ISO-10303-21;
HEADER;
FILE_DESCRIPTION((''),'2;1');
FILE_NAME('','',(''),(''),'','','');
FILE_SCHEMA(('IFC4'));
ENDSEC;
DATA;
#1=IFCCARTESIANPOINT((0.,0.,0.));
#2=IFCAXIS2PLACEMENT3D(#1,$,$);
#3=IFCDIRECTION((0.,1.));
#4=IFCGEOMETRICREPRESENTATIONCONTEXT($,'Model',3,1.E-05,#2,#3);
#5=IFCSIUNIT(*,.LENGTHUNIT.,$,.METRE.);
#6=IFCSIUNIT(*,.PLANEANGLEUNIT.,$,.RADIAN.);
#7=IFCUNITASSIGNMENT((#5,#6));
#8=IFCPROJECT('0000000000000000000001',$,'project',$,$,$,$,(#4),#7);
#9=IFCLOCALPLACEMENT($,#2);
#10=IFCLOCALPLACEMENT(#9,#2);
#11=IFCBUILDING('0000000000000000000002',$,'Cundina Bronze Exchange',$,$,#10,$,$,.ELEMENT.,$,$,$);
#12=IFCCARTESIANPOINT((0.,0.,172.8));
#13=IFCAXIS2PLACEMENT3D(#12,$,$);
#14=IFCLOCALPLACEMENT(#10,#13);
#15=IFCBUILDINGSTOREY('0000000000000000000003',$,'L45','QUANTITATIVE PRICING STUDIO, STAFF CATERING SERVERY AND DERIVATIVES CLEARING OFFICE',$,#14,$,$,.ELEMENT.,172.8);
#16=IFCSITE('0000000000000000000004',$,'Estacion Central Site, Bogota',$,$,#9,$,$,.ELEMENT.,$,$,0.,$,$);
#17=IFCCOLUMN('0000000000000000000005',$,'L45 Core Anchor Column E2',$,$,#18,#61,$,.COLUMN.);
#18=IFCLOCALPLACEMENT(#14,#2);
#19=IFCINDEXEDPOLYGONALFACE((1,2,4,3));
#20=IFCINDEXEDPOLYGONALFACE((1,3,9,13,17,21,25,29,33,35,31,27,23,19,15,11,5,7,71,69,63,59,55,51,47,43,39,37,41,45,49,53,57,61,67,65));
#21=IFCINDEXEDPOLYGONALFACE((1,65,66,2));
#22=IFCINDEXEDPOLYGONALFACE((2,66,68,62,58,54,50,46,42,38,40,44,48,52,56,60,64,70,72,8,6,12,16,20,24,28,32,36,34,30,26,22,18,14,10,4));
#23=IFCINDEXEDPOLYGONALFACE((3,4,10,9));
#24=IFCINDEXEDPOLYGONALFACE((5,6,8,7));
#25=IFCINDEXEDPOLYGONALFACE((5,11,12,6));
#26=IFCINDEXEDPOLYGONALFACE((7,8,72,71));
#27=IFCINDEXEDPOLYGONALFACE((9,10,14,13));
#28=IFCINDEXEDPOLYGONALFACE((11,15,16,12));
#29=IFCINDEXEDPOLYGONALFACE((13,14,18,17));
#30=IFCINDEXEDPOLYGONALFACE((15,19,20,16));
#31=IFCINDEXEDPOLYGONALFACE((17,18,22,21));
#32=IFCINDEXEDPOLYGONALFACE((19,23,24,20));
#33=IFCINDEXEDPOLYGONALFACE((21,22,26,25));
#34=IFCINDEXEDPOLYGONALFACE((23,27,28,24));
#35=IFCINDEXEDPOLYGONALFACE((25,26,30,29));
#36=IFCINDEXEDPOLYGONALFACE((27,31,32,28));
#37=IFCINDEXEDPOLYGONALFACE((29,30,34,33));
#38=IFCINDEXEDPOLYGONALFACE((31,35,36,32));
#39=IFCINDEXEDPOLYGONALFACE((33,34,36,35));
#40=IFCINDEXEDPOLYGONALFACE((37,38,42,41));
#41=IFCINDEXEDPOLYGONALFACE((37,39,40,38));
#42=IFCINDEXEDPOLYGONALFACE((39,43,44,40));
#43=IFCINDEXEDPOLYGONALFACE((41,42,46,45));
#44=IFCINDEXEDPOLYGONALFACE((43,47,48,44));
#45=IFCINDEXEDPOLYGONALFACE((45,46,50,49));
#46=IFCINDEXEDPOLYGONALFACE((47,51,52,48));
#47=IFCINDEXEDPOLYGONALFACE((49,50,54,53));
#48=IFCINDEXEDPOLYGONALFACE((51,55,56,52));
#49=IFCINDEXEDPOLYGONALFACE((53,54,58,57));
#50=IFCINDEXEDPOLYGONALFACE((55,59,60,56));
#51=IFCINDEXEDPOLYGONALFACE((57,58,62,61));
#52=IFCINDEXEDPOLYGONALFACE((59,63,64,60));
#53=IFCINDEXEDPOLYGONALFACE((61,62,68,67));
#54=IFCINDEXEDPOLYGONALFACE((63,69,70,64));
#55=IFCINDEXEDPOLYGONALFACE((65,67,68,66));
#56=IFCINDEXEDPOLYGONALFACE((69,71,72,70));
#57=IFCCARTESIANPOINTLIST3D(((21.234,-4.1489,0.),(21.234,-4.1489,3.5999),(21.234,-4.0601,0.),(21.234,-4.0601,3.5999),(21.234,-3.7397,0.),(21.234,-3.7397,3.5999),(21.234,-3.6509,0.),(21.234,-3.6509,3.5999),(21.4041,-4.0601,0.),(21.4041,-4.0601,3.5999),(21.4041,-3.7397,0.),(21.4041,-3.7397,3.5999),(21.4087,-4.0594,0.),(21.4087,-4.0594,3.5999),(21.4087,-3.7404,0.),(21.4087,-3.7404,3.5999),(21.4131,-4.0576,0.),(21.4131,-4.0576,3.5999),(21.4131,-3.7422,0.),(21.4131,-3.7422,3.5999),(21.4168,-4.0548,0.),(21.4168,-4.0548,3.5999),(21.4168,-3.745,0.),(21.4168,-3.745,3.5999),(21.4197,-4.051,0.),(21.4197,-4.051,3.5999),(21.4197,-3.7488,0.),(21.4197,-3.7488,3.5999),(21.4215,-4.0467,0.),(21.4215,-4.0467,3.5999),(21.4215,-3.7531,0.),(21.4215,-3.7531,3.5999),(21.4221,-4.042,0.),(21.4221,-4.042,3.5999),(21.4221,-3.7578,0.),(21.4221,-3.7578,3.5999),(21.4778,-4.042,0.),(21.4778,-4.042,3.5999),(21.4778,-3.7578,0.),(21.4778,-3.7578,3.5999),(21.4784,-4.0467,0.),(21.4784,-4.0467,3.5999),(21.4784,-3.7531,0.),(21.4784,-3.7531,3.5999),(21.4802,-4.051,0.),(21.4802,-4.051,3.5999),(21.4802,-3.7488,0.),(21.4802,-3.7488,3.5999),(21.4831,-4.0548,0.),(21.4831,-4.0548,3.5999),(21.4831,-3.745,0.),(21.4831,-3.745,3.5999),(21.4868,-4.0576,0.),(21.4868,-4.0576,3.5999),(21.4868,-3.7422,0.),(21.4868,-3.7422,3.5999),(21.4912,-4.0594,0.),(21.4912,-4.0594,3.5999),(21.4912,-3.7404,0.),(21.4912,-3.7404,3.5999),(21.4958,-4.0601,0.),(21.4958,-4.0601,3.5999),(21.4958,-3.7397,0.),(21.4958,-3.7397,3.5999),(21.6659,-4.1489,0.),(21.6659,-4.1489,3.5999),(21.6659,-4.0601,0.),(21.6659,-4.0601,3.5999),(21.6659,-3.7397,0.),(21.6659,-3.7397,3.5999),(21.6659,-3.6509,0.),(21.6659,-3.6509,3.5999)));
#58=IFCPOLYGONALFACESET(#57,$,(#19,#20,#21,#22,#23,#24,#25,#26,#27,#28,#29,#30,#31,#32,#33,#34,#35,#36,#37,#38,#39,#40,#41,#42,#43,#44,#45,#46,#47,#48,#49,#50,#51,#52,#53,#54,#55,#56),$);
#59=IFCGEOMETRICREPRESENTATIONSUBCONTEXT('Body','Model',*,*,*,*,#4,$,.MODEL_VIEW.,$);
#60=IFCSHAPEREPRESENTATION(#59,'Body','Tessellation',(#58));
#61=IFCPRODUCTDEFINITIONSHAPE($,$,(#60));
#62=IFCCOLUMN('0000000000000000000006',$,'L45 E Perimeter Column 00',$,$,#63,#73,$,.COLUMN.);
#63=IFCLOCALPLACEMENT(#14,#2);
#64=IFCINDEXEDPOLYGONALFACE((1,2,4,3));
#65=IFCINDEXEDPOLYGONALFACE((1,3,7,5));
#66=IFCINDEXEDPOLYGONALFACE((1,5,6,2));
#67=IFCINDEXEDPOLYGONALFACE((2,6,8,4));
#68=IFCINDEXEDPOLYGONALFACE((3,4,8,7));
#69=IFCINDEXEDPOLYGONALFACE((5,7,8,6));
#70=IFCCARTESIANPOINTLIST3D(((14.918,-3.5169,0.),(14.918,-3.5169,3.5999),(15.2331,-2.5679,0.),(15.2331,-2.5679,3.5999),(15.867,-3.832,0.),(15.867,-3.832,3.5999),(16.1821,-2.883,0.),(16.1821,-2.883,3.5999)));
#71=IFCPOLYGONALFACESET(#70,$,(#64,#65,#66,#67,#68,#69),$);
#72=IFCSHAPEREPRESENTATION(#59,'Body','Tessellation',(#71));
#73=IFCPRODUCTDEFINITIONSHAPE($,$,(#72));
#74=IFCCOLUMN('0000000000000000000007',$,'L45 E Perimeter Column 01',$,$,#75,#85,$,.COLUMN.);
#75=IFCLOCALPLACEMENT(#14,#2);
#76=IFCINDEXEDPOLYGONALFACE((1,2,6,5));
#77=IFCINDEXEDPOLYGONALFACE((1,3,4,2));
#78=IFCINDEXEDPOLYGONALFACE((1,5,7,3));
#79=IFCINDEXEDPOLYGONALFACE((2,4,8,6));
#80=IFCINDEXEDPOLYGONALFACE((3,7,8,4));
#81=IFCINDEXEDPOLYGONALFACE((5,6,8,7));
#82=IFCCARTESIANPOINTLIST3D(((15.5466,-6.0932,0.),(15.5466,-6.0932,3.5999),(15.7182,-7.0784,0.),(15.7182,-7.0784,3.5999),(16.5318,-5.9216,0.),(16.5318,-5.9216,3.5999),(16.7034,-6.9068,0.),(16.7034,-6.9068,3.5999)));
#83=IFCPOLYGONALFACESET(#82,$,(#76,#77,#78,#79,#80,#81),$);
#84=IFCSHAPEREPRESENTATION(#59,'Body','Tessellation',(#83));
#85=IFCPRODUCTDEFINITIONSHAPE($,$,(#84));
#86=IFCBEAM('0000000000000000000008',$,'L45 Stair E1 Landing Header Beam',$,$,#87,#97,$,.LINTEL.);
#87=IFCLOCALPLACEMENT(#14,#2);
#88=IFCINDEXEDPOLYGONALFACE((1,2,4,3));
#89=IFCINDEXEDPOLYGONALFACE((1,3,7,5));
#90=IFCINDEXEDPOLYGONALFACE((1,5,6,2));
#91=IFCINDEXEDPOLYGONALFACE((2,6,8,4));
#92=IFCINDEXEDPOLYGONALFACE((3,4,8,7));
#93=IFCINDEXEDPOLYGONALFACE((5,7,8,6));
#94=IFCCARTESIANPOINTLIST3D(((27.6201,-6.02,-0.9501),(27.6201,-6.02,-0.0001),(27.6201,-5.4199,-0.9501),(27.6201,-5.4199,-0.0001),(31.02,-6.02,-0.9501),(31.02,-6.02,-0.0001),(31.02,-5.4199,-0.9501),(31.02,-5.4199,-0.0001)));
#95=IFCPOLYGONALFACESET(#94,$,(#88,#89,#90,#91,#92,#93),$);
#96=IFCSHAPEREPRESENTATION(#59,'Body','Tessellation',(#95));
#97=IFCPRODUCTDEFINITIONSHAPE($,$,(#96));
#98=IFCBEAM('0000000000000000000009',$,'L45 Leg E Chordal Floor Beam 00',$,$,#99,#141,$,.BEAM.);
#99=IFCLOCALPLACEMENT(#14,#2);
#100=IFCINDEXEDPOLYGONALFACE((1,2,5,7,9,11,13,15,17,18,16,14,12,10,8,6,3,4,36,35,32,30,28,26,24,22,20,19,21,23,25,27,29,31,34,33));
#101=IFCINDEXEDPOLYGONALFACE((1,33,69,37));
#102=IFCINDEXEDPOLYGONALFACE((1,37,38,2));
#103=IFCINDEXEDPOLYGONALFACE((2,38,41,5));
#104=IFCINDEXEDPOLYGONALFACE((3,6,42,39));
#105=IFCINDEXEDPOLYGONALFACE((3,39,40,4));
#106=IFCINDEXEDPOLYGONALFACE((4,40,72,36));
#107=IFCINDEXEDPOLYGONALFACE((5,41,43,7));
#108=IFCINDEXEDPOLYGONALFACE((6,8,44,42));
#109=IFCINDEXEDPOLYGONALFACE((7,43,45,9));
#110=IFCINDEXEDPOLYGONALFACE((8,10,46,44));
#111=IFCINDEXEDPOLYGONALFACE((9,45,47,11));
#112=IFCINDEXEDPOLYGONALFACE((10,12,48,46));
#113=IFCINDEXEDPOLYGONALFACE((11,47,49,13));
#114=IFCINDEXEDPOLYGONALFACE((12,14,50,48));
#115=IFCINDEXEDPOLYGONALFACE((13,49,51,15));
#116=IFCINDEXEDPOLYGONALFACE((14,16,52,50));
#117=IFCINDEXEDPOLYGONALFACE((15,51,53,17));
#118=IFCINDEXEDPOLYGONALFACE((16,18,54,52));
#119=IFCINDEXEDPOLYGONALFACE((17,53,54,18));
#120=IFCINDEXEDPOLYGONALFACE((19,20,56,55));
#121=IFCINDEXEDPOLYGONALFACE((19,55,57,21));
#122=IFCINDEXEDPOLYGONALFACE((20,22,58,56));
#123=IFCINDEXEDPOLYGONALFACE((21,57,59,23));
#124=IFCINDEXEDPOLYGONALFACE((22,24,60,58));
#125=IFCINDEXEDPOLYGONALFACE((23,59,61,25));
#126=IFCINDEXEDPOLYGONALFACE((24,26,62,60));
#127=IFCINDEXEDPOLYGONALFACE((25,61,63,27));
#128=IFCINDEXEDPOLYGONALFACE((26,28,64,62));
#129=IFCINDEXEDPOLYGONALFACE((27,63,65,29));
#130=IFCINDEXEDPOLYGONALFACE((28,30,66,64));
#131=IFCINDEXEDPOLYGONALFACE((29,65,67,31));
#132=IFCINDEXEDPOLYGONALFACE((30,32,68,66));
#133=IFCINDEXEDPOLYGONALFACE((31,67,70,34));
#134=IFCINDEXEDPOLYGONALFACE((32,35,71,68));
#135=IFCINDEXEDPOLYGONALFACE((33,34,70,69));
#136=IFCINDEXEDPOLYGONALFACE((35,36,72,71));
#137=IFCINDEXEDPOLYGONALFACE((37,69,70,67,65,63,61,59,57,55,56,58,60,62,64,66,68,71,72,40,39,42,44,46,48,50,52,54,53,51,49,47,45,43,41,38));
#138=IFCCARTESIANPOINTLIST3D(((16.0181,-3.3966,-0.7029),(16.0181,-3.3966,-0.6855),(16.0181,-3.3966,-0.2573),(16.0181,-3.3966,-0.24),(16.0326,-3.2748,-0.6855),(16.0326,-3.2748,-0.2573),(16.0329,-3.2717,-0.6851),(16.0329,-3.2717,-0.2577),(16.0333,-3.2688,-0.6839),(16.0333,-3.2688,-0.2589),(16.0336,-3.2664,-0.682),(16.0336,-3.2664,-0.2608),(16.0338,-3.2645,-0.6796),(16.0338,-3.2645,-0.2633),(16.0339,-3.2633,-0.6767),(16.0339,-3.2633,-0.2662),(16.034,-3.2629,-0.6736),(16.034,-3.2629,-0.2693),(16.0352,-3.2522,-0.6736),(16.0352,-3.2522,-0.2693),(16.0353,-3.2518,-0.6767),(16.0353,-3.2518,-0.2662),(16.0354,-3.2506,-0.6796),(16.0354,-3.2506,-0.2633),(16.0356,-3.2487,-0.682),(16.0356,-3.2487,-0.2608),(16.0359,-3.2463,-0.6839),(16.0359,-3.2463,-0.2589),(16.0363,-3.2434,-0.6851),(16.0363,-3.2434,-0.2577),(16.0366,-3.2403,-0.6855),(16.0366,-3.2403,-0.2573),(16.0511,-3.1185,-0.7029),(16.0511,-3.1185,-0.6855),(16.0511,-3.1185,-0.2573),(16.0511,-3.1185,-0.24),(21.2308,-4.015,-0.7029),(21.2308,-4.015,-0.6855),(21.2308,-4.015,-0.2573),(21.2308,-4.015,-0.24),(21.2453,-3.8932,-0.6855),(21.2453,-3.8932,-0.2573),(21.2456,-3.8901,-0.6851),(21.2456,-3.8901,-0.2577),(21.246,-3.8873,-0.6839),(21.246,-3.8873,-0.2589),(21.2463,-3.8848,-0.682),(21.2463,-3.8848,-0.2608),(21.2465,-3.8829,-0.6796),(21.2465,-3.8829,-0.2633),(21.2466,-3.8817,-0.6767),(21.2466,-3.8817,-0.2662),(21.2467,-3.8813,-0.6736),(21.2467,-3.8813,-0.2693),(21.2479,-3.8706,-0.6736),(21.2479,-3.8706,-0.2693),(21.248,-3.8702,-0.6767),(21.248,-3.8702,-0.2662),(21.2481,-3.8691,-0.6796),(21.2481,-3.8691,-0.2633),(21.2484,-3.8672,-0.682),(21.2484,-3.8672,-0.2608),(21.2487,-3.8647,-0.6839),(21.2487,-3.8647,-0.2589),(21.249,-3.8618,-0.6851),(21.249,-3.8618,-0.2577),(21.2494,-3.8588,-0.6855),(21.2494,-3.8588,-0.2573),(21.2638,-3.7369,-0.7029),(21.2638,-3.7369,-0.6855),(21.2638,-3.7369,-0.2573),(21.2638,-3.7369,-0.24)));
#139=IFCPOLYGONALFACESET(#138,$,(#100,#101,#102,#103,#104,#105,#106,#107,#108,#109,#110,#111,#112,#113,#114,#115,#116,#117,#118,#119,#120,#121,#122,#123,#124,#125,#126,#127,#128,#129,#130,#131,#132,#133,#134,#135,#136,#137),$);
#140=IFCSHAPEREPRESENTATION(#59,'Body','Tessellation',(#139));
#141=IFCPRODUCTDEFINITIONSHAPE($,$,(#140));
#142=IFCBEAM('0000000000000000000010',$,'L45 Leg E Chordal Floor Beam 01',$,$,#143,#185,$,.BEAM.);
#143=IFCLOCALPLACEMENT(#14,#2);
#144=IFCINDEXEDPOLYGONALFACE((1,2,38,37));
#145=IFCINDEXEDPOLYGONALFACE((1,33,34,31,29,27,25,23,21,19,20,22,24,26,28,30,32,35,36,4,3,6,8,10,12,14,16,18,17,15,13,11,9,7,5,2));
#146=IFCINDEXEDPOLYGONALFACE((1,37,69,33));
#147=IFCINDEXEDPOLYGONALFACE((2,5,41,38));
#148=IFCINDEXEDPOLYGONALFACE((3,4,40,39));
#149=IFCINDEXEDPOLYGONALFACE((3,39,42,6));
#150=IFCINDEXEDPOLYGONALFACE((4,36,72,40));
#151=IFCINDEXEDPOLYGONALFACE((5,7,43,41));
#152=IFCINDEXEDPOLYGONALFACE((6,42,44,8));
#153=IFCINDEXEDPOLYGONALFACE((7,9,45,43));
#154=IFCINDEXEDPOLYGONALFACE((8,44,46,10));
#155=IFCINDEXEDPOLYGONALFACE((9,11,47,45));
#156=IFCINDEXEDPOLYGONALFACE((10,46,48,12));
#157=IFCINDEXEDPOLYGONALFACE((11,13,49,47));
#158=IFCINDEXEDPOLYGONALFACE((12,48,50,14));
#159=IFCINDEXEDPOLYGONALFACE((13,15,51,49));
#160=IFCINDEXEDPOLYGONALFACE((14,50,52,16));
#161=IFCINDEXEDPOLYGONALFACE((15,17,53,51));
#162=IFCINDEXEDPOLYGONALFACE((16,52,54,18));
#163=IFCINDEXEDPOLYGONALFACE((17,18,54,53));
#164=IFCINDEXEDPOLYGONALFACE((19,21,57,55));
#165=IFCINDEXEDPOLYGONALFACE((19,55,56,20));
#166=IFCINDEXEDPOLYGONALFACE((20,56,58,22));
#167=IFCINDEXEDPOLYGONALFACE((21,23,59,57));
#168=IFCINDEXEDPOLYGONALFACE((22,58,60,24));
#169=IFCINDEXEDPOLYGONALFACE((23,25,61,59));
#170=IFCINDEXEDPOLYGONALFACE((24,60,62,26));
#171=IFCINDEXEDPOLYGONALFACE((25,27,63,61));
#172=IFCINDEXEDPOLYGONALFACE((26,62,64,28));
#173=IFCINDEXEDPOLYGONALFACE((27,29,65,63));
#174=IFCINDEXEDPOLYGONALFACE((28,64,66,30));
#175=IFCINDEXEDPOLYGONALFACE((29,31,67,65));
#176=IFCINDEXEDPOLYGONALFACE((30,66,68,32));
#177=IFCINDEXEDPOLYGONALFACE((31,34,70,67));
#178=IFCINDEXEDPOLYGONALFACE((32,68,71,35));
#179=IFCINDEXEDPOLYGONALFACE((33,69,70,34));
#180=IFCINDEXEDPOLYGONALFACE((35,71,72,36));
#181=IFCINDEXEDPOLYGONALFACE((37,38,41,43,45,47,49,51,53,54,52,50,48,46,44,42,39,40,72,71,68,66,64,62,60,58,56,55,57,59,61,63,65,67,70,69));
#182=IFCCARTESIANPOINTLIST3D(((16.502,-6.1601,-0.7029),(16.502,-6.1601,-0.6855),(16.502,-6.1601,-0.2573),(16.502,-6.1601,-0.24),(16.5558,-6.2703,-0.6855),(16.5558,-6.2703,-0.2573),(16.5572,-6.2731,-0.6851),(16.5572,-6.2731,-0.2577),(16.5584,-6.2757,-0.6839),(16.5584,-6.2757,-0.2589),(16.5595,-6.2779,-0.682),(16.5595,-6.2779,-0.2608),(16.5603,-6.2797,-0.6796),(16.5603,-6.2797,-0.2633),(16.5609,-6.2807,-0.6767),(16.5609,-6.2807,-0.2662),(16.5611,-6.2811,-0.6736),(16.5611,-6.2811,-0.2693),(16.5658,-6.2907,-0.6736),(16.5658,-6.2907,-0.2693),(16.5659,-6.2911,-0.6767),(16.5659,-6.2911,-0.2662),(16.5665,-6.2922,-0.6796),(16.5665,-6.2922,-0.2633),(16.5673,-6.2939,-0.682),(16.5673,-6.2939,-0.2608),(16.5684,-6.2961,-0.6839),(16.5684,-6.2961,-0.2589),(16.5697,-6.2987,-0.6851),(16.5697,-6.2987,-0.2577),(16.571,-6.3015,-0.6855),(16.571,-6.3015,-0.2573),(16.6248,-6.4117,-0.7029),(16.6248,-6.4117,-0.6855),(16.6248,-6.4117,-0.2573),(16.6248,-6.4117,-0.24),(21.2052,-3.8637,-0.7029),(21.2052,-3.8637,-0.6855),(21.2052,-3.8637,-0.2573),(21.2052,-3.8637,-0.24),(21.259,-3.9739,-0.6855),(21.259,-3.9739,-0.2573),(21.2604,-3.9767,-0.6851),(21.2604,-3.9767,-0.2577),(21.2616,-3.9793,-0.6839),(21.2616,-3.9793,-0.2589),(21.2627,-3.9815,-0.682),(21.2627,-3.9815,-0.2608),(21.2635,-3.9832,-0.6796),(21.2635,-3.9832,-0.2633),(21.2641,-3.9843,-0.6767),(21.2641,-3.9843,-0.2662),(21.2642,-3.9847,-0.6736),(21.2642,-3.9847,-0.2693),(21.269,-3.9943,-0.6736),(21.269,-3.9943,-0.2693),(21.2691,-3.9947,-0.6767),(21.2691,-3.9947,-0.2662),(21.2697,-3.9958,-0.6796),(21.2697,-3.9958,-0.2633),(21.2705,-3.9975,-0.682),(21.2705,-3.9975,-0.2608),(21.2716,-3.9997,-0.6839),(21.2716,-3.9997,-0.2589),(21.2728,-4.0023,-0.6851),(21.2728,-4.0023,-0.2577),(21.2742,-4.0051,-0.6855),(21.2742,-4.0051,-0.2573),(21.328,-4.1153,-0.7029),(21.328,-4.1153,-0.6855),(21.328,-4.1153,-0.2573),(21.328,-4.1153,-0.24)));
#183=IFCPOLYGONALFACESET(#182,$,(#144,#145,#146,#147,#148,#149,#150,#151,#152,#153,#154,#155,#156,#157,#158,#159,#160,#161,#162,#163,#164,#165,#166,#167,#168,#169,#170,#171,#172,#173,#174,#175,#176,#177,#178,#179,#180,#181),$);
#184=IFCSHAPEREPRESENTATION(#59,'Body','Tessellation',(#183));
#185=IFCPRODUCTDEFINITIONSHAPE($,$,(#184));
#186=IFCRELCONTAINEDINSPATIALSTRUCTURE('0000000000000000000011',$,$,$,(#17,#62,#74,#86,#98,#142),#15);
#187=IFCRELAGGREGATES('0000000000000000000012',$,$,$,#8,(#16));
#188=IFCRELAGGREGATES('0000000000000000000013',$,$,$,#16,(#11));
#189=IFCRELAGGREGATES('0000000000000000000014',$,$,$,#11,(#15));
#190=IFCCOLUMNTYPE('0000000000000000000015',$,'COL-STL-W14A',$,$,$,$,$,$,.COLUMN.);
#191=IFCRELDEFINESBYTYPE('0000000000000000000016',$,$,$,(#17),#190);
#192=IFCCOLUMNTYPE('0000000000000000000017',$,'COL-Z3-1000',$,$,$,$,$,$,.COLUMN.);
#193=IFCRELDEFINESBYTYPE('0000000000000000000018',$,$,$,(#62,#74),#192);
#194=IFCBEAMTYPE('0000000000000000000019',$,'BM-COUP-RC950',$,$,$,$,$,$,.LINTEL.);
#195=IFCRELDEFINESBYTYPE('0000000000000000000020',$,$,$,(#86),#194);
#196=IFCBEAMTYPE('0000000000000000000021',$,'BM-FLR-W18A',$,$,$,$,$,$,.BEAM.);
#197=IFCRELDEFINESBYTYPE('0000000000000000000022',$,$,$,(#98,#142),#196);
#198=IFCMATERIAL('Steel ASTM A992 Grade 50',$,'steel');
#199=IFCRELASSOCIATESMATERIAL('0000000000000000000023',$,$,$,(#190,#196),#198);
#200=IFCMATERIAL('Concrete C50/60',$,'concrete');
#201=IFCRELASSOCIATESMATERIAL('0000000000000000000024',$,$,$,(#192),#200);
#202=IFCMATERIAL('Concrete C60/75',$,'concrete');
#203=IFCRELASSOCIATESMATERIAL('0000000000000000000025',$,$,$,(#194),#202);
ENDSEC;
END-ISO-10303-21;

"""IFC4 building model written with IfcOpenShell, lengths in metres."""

from ifc_helpers import new_model, si_unit, direction, frame, origin, origin_2d, place, context, subcontext, project, spatial, rectangle, i_section, extrude, material, material_profile, profile_set, type_object, element, save


model = new_model("IFC4")

# Units and contexts
model_context = context("Model", 3, precision=1e-05, world=origin(), true_north=direction((0.0, 1.0)))
body_context = subcontext(model_context, "Body", "Model", "MODEL_VIEW")
ifc_project = project(units=[si_unit("LENGTHUNIT", "METRE"), si_unit("PLANEANGLEUNIT", "RADIAN")], contexts=[model_context])

# Site, building, storey
site_placement = place(None, origin())
site = spatial("IfcSite", under=ifc_project, at=site_placement, Name="Estacion Central Site, Bogota", CompositionType="ELEMENT", RefElevation=0.0)
building_placement = place(site_placement, origin())
building = spatial("IfcBuilding", under=site, at=building_placement, Name="Cundina Bronze Exchange", CompositionType="ELEMENT")
storey_placement = place(building_placement, frame((0.0, 0.0, 172.8)))
storey = spatial("IfcBuildingStorey", under=building, at=storey_placement, Name="L45", Description="QUANTITATIVE PRICING STUDIO, STAFF CATERING SERVERY AND DERIVATIVES CLEARING OFFICE", CompositionType="ELEMENT", Elevation=172.8)

# Columns
ifc_material_1 = material(Name="Steel ASTM A992 Grade 50", Category="steel")
ifc_material_profile_1 = material_profile(ifc_material_1, i_section(OverallWidth=0.4319, OverallDepth=0.498, WebThickness=0.0557, FlangeThickness=0.0889, FilletRadius=0.0181, at=origin_2d()), Name="W14X500", Category="steel")
ifc_profile_set_1 = profile_set([ifc_material_profile_1], Name="Steel ASTM A992 Grade 50")
column_type_1 = type_object("IfcColumnType", Name="COL-STL-W14A", PredefinedType="COLUMN", material=ifc_profile_set_1)
column_placement = place(storey_placement, frame((21.45, -3.8999, 0.0), z_axis=(0.0, 0.0, 1.0), x_axis=(1.0, 0.0, 0.0)))
element("IfcColumn", 1, at=column_placement, inside=storey, type_object=column_type_1, Name="L45 Core Anchor Column E2", PredefinedType="COLUMN", context=body_context, shape_type="SweptSolid", body=[
    extrude(i_section(OverallWidth=0.4319, OverallDepth=0.498, WebThickness=0.0557, FlangeThickness=0.0889, FilletRadius=0.0181, at=origin_2d()), origin(), (0.0, 0.0, 1.0), 3.5999),
])
ifc_material_2 = material(Name="Concrete C50/60", Category="concrete")
ifc_material_profile_2 = material_profile(ifc_material_2, rectangle(XDim=1.0, YDim=1.0, at=origin_2d()), Name="RC1000X1000", Category="concrete")
ifc_profile_set_2 = profile_set([ifc_material_profile_2], Name="Concrete C50/60")
column_type_2 = type_object("IfcColumnType", Name="COL-Z3-1000", PredefinedType="COLUMN", material=ifc_profile_set_2)
for number, where, z_axis, x_axis, name in (
    (2, (15.55, -3.2, 0.0), (0.0, 0.0, 1.0), (-0.315152, -0.949041, 0.0), "L45 E Perimeter Column 00"),
    (3, (16.125, -6.5, 0.0), (0.0, 0.0, 1.0), (0.171585, -0.985169, 0.0), "L45 E Perimeter Column 01"),
):
    element("IfcColumn", number, at=place(storey_placement, frame(where, z_axis=z_axis, x_axis=x_axis)), inside=storey, type_object=column_type_2, Name=name, PredefinedType="COLUMN", context=body_context, shape_type="SweptSolid", body=[
        extrude(rectangle(XDim=1.0, YDim=1.0, at=origin_2d()), origin(), (0.0, 0.0, 1.0), 3.5999),
    ])

# Beams
ifc_material_3 = material(Name="Concrete C60/75", Category="concrete")
ifc_material_profile_3 = material_profile(ifc_material_3, rectangle(XDim=0.6001, YDim=0.95, at=origin_2d()), Name="RC600X950", Category="concrete")
ifc_profile_set_3 = profile_set([ifc_material_profile_3], Name="Concrete C60/75")
beam_type_1 = type_object("IfcBeamType", Name="BM-COUP-RC950", PredefinedType="LINTEL", material=ifc_profile_set_3)
beam_1_placement = place(storey_placement, frame((27.6201, -5.72, -0.4751), z_axis=(1.0, 0.0, 0.0), x_axis=(0.0, 1.0, 0.0)))
element("IfcBeam", 4, at=beam_1_placement, inside=storey, type_object=beam_type_1, Name="L45 Stair E1 Landing Header Beam", PredefinedType="LINTEL", context=body_context, shape_type="SweptSolid", body=[
    extrude(rectangle(XDim=0.6001, YDim=0.95, at=origin_2d()), origin(), (0.0, 0.0, 1.0), 3.3999),
])
ifc_material_profile_4 = material_profile(ifc_material_1, i_section(OverallWidth=0.28, OverallDepth=0.4629, WebThickness=0.0107, FlangeThickness=0.0173, FilletRadius=0.012, at=origin_2d()), Name="W18X76", Category="steel")
ifc_profile_set_4 = profile_set([ifc_material_profile_4], Name="Steel ASTM A992 Grade 50")
beam_type_2 = type_object("IfcBeamType", Name="BM-FLR-W18A", PredefinedType="BEAM", material=ifc_profile_set_4)
beam_2_placement = place(storey_placement, frame((21.2473, -3.876, -0.4714), z_axis=(-0.993036, 0.11781, 0.0), x_axis=(-0.11781, -0.993036, 0.0)))
element("IfcBeam", 5, at=beam_2_placement, inside=storey, type_object=beam_type_2, Name="L45 Leg E Chordal Floor Beam 00", PredefinedType="BEAM", context=body_context, shape_type="SweptSolid", body=[
    extrude(i_section(OverallWidth=0.28, OverallDepth=0.4629, WebThickness=0.0107, FlangeThickness=0.0173, FilletRadius=0.012, at=origin_2d()), origin(), (0.0, 0.0, 1.0), 5.2493),
])
beam_3_placement = place(storey_placement, frame((21.2666, -3.9895, -0.4714), z_axis=(-0.898604, -0.43876, 0.0), x_axis=(0.43876, -0.898604, 0.0)))
element("IfcBeam", 6, at=beam_3_placement, inside=storey, type_object=beam_type_2, Name="L45 Leg E Chordal Floor Beam 01", PredefinedType="BEAM", context=body_context, shape_type="SweptSolid", body=[
    extrude(i_section(OverallWidth=0.28, OverallDepth=0.4629, WebThickness=0.0107, FlangeThickness=0.0173, FilletRadius=0.012, at=origin_2d()), origin(), (0.0, 0.0, 1.0), 5.2339),
])

save(model, "model.ifc")
